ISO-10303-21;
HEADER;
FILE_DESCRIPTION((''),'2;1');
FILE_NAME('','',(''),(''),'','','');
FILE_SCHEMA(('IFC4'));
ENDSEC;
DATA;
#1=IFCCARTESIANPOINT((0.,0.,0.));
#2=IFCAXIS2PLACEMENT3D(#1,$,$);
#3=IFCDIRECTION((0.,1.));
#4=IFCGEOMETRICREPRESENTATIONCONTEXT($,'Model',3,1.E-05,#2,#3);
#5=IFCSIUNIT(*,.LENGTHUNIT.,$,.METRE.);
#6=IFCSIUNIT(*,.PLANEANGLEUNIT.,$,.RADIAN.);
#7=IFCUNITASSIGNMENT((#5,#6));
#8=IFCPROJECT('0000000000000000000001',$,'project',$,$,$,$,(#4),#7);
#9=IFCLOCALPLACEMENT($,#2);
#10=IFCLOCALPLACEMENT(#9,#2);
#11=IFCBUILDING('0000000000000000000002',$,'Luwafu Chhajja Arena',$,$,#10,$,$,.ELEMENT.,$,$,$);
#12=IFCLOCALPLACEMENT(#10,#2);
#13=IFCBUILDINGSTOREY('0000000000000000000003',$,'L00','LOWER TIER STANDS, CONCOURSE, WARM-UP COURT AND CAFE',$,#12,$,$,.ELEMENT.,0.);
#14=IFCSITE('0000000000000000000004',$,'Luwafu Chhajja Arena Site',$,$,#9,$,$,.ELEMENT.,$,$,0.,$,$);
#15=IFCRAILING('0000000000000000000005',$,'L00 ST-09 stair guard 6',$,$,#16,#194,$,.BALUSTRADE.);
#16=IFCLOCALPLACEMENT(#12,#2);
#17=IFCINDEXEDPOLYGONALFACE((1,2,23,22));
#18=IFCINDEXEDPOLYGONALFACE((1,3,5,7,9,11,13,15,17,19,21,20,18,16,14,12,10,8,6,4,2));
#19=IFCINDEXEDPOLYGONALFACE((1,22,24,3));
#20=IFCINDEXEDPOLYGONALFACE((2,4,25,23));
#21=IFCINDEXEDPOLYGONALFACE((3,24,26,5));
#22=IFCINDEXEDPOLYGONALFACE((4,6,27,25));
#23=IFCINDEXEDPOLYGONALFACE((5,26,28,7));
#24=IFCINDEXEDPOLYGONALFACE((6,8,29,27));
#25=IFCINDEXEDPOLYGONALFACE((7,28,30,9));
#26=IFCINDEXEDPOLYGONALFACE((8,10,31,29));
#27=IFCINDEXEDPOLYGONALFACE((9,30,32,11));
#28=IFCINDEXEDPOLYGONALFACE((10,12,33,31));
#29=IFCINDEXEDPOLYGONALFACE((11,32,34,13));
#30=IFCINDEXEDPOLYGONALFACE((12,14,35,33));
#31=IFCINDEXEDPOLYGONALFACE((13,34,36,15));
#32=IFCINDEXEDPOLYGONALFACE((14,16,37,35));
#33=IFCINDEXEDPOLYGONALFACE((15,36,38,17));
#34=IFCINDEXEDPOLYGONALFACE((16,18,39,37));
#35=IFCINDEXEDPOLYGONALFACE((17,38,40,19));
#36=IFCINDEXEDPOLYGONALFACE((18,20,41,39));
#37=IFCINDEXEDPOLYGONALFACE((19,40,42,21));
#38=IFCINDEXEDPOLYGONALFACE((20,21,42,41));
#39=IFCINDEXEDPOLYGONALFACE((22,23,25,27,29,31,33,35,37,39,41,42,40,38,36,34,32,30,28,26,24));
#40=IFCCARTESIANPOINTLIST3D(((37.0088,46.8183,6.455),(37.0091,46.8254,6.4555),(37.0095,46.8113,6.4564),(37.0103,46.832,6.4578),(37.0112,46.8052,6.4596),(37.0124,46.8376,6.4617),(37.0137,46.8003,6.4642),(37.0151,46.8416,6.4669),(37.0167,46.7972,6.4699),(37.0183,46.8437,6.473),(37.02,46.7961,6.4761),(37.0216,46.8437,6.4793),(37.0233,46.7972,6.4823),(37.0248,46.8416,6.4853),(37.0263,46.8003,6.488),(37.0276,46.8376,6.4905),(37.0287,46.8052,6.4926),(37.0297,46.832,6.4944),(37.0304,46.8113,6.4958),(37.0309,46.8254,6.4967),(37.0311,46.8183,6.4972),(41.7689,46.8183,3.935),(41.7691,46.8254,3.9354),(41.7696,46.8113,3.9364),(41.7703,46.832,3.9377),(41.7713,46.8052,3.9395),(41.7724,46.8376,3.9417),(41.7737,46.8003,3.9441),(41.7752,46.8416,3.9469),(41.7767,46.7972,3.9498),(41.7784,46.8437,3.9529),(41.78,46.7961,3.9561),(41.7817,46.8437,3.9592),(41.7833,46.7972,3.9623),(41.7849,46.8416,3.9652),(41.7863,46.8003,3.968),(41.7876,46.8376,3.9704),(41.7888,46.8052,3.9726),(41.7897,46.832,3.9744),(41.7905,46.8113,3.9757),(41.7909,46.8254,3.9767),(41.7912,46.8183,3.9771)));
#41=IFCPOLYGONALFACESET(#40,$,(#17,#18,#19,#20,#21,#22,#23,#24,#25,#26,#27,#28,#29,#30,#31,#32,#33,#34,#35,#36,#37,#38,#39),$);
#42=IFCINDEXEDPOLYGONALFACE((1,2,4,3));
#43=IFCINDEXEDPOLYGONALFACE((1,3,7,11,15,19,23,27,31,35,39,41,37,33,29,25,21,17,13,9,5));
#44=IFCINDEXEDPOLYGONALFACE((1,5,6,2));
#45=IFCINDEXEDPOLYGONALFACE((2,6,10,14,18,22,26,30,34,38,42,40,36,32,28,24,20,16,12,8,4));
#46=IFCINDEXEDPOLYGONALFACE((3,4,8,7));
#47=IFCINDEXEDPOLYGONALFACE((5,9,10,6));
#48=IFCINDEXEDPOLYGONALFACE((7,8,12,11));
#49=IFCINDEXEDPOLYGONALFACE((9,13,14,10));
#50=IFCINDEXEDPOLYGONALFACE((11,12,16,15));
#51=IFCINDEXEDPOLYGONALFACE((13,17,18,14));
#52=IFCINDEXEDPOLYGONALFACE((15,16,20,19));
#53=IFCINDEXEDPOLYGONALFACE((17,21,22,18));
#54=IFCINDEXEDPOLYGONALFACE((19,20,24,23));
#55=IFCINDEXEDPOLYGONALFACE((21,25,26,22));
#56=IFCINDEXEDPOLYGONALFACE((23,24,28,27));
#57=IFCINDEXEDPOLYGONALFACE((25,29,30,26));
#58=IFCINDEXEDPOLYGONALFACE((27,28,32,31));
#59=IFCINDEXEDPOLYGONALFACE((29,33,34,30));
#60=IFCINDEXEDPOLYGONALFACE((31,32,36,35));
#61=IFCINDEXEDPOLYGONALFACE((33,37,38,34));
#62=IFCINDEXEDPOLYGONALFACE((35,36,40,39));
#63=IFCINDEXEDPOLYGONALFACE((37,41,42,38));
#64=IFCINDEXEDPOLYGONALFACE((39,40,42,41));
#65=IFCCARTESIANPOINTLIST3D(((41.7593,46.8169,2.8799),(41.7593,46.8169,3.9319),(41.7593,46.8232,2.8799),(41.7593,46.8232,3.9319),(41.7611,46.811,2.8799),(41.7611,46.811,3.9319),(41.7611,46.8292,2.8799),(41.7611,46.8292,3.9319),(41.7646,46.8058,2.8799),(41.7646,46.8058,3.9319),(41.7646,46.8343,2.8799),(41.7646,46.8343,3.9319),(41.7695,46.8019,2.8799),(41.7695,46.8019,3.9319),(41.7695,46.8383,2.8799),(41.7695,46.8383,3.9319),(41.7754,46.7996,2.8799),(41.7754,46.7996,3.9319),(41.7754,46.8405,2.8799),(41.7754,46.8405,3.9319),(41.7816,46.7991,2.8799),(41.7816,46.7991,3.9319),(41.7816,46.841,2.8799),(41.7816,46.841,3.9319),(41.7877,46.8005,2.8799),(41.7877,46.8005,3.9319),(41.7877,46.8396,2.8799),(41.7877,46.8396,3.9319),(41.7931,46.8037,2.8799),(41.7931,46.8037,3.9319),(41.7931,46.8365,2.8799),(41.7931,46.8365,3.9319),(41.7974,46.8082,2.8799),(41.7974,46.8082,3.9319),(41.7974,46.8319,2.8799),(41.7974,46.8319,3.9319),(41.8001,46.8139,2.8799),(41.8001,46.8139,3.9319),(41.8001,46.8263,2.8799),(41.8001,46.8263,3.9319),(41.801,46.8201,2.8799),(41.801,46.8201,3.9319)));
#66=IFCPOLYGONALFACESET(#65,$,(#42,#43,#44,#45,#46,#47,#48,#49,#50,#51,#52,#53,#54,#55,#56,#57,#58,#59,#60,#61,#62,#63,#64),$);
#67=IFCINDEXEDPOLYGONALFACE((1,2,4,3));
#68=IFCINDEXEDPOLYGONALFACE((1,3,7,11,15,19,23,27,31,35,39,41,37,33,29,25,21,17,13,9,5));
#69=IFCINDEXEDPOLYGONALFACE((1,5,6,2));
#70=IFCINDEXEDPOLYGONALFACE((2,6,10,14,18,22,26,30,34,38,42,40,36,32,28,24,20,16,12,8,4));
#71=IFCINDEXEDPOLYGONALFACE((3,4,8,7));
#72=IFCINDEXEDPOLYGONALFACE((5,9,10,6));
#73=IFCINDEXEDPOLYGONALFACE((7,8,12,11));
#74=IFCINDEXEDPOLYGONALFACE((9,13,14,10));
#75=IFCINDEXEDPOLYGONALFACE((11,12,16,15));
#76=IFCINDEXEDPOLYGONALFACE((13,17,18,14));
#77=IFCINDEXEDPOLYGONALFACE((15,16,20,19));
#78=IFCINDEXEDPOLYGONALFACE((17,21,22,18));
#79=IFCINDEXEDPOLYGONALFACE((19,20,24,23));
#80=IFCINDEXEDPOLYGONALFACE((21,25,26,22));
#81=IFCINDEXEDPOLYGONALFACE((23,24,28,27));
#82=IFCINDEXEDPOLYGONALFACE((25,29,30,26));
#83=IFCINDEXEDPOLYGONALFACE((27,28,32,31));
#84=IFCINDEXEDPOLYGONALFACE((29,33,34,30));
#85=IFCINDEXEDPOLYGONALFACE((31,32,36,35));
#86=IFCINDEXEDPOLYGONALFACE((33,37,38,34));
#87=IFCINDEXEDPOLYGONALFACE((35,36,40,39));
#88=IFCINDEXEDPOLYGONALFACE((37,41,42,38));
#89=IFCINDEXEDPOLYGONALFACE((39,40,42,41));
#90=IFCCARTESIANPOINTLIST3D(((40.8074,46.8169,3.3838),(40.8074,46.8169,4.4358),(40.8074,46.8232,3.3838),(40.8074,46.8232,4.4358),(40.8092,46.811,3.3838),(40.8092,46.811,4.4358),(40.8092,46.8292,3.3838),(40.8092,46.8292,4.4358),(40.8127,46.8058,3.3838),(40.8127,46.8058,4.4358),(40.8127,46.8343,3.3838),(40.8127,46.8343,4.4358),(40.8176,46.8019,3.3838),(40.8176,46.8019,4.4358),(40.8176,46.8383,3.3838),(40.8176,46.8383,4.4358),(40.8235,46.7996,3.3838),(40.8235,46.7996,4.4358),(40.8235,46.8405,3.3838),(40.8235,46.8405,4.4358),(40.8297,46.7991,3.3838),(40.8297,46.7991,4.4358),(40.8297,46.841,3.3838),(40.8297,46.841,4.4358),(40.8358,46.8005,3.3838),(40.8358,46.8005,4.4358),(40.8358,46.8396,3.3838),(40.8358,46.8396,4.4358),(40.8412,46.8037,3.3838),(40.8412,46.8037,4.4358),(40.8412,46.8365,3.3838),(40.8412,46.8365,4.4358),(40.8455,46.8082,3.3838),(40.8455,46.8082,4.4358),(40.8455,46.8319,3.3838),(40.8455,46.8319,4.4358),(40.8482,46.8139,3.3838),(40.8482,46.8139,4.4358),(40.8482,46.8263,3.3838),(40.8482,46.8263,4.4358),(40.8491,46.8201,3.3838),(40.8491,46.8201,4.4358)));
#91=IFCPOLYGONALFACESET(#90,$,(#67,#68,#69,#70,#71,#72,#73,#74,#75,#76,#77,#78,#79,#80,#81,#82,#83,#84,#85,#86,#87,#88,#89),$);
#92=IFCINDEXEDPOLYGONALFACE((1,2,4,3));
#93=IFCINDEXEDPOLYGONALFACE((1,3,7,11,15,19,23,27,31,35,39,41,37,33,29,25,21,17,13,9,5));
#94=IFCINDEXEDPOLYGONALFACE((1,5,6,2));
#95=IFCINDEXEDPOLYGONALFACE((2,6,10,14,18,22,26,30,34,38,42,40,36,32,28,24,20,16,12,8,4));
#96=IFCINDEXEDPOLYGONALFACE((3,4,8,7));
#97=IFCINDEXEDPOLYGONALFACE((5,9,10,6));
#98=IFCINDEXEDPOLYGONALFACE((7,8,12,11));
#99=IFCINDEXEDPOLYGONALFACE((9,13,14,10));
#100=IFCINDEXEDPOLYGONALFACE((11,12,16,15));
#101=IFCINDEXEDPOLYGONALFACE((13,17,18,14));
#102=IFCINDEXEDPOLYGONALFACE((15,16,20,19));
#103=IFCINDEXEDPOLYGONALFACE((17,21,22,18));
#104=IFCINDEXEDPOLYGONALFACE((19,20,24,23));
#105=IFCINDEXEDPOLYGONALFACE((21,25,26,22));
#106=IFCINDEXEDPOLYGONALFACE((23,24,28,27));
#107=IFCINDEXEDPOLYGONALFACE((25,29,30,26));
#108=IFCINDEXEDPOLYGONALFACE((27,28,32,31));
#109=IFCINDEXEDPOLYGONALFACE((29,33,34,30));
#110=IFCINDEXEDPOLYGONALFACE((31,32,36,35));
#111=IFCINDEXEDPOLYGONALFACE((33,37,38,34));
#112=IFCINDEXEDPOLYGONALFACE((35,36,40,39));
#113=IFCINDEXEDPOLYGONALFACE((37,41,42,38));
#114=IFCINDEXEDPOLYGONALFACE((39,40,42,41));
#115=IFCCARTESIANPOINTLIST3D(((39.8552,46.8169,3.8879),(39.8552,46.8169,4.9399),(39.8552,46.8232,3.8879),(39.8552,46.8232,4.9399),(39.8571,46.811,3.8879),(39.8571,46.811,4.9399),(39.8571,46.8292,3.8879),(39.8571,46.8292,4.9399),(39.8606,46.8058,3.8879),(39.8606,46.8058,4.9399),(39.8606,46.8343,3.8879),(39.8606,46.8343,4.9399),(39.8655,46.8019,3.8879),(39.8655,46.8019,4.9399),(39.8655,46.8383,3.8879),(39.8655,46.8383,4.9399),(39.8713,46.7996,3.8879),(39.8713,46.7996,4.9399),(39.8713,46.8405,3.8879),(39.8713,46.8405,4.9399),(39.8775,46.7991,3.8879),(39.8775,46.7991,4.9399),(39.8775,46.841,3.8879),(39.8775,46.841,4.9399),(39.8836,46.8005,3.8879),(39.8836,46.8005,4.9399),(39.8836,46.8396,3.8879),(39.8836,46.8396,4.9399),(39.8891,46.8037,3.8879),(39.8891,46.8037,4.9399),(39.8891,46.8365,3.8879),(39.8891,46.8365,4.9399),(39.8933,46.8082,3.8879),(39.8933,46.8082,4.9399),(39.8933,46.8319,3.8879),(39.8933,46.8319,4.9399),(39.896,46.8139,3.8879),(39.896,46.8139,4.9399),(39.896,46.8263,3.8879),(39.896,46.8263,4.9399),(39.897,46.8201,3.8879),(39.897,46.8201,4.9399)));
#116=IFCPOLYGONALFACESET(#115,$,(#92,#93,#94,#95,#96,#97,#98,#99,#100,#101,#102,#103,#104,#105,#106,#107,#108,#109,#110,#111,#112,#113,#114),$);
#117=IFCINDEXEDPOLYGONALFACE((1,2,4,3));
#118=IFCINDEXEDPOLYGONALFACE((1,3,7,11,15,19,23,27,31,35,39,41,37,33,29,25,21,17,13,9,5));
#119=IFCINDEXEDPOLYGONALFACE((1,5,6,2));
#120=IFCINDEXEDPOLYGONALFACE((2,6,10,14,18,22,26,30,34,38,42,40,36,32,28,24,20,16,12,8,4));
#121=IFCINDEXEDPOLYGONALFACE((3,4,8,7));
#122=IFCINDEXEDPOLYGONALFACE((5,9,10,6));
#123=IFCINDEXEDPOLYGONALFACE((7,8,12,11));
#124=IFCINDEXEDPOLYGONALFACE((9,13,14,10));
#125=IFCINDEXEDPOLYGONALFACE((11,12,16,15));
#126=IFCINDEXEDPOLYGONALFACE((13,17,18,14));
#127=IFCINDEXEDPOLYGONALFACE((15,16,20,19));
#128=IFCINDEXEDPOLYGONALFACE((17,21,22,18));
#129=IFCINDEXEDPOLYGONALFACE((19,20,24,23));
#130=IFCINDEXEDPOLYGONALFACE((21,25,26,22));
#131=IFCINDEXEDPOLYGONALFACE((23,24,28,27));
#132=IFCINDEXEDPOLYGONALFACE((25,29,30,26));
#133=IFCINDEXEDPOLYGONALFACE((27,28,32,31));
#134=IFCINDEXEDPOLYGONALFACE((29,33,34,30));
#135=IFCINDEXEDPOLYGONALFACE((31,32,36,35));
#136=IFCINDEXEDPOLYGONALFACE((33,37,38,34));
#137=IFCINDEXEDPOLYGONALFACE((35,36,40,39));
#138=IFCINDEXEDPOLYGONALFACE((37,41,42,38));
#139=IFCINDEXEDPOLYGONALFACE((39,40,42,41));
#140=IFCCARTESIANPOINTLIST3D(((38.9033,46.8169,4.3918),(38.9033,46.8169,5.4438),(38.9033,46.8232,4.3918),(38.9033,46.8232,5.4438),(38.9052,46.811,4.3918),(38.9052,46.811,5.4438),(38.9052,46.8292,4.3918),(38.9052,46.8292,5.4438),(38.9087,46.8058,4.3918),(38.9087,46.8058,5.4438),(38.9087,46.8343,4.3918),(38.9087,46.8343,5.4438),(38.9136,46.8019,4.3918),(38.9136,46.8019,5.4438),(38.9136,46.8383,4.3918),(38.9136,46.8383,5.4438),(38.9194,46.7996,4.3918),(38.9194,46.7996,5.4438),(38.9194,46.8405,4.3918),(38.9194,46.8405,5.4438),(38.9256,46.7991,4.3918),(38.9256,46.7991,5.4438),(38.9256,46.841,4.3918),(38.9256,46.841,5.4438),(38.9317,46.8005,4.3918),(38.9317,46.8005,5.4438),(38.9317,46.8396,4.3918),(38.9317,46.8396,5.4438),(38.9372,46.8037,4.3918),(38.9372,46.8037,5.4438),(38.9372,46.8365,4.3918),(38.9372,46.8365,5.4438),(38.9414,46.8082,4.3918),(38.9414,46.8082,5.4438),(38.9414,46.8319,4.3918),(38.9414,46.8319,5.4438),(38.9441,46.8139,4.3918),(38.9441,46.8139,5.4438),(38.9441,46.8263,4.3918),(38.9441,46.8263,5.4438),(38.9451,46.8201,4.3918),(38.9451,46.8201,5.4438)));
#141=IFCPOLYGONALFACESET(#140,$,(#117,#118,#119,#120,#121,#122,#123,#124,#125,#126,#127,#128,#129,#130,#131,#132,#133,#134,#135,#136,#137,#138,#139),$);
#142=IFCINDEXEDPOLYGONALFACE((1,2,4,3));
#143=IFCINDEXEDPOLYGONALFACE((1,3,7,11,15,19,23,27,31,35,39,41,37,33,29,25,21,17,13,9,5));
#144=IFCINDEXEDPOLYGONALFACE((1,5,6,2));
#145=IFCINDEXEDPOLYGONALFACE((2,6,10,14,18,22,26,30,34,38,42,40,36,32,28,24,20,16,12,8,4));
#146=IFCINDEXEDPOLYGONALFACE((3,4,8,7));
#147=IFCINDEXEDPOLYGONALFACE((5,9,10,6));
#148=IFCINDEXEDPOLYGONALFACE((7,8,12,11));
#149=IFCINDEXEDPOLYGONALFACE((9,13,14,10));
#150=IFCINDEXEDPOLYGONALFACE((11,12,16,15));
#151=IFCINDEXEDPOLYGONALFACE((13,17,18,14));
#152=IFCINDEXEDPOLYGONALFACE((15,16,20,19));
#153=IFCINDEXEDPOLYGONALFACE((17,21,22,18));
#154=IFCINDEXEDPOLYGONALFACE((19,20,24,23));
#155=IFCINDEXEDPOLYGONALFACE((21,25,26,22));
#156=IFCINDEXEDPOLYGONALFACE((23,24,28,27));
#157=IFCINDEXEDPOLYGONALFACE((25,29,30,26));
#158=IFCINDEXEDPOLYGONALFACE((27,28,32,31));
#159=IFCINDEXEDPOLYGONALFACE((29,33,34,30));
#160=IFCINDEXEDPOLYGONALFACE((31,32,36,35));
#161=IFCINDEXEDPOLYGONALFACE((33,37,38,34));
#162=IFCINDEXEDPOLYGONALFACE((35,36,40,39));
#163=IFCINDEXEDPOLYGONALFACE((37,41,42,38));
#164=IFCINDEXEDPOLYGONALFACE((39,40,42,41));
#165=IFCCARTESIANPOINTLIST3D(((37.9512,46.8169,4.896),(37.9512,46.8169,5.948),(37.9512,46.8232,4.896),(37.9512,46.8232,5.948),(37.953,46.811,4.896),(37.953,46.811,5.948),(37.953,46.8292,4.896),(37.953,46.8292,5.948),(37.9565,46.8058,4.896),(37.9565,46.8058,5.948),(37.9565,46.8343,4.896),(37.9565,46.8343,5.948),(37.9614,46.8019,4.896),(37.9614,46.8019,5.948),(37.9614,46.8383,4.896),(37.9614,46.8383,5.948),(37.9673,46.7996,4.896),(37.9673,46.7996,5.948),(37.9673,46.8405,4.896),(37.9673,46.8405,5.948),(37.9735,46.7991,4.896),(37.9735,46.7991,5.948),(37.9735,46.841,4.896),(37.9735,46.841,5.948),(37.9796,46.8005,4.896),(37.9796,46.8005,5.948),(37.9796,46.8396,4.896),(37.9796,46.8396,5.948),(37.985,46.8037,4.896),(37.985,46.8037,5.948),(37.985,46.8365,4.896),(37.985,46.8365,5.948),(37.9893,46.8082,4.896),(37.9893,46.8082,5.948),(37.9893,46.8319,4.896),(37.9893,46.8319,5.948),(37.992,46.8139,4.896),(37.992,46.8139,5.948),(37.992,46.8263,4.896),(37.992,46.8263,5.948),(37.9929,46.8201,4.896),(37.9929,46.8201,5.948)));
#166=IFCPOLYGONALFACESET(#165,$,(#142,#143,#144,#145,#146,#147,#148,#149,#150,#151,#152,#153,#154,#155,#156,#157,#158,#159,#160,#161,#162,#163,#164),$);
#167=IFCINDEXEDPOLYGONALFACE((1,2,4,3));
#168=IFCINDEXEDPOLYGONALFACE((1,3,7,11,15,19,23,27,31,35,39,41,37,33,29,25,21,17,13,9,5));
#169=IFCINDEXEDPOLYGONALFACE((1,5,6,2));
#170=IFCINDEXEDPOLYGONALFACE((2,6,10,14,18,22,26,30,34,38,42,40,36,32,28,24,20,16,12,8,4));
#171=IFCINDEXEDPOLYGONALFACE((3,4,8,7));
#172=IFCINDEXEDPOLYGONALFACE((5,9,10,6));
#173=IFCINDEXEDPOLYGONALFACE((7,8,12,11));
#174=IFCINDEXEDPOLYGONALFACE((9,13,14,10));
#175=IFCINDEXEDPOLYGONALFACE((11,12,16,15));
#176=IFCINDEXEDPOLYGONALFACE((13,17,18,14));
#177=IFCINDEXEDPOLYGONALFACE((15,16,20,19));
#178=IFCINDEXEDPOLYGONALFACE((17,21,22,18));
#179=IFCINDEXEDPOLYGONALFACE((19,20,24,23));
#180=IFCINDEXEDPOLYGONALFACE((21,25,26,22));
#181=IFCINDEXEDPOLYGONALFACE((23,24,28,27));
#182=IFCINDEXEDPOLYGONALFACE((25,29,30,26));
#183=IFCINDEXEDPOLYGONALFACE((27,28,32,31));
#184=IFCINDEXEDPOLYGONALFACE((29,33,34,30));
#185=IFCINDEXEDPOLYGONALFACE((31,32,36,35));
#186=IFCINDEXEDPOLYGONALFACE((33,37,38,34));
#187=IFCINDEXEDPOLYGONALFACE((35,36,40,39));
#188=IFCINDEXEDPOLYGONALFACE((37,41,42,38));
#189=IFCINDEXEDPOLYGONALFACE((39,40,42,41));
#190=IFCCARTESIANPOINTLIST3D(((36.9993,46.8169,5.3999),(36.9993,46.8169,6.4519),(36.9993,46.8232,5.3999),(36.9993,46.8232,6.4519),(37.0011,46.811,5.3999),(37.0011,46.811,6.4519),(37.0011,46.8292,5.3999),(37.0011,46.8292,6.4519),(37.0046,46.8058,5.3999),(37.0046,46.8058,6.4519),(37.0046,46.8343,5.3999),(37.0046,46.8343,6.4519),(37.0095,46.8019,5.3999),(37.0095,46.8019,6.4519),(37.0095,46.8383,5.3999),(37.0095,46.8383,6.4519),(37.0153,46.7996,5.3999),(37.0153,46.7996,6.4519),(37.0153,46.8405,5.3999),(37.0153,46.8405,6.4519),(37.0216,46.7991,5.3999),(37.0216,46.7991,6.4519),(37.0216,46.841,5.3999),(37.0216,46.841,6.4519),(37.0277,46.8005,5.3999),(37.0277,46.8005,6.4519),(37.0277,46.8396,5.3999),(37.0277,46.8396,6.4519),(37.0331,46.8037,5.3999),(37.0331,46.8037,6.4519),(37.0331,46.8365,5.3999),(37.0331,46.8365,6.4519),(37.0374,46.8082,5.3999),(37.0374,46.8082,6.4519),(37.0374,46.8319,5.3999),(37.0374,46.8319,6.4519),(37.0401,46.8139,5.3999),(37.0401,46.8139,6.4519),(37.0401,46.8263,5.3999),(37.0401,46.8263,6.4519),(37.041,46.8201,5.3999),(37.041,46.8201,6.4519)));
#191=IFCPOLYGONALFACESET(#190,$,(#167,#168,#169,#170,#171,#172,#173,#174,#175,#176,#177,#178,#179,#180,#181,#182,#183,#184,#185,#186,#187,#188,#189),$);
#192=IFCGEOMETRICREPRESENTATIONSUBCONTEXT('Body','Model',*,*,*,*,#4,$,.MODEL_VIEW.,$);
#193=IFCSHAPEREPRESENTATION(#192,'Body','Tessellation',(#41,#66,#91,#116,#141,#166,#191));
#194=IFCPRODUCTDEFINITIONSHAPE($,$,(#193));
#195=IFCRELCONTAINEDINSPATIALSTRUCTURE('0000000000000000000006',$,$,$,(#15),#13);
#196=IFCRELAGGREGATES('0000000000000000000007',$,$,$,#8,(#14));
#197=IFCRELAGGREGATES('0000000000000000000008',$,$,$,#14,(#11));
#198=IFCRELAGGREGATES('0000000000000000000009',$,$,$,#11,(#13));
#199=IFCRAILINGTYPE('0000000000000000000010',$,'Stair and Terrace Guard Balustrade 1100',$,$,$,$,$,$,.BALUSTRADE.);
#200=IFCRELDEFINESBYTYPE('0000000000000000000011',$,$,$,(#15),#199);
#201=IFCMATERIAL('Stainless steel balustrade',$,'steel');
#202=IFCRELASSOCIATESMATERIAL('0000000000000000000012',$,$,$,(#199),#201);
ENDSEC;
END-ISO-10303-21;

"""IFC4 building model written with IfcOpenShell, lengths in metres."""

from ifc_helpers import new_model, si_unit, direction, frame, origin, origin_2d, place, context, subcontext, project, spatial, circle, extrude, material, type_object, element, save


model = new_model("IFC4")

# Units and contexts
model_context = context("Model", 3, precision=1e-05, world=origin(), true_north=direction((0.0, 1.0)))
body_context = subcontext(model_context, "Body", "Model", "MODEL_VIEW")
ifc_project = project(units=[si_unit("LENGTHUNIT", "METRE"), si_unit("PLANEANGLEUNIT", "RADIAN")], contexts=[model_context])

# Site, building, storey
site_placement = place(None, origin())
site = spatial("IfcSite", under=ifc_project, at=site_placement, Name="Luwafu Chhajja Arena Site", CompositionType="ELEMENT", RefElevation=0.0)
building_placement = place(site_placement, origin())
building = spatial("IfcBuilding", under=site, at=building_placement, Name="Luwafu Chhajja Arena", CompositionType="ELEMENT")
storey_placement = place(building_placement, origin())
storey = spatial("IfcBuildingStorey", under=building, at=storey_placement, Name="L00", Description="LOWER TIER STANDS, CONCOURSE, WARM-UP COURT AND CAFE", CompositionType="ELEMENT", Elevation=0.0)

# Railing
ifc_material_1 = material(Name="Stainless steel balustrade", Category="steel")
railing_type_1 = type_object("IfcRailingType", Name="Stair and Terrace Guard Balustrade 1100", PredefinedType="BALUSTRADE", material=ifc_material_1)
railing_1_placement = place(storey_placement, frame((41.78, 46.8201, 2.8799)))
element("IfcRailing", 1, at=railing_1_placement, inside=storey, type_object=railing_type_1, Name="L00 ST-09 stair guard 6", PredefinedType="BALUSTRADE", context=body_context, shape_type="SweptSolid", body=[
    extrude(circle(Radius=0.0239, at=origin_2d()), frame((0.0, 0.0, 1.0762), z_axis=(-0.883787, 0.0, 0.46789), x_axis=(0.0, -1.0, 0.0)), (0.0, 0.0, 1.0), 5.386),
    extrude(circle(Radius=0.021, at=origin_2d()), origin(), (0.0, 0.0, 1.0), 1.052),
    extrude(circle(Radius=0.021, at=origin_2d()), frame((-0.9519, 0.0, 0.5039)), (0.0, 0.0, 1.0), 1.052),
    extrude(circle(Radius=0.021, at=origin_2d()), frame((-1.9041, 0.0, 1.0081)), (0.0, 0.0, 1.0), 1.052),
    extrude(circle(Radius=0.021, at=origin_2d()), frame((-2.856, 0.0, 1.512)), (0.0, 0.0, 1.0), 1.052),
    extrude(circle(Radius=0.021, at=origin_2d()), frame((-3.8081, 0.0, 2.0161)), (0.0, 0.0, 1.0), 1.052),
    extrude(circle(Radius=0.021, at=origin_2d()), frame((-4.76, 0.0, 2.52)), (0.0, 0.0, 1.0), 1.052),
])

save(model, "model.ifc")
